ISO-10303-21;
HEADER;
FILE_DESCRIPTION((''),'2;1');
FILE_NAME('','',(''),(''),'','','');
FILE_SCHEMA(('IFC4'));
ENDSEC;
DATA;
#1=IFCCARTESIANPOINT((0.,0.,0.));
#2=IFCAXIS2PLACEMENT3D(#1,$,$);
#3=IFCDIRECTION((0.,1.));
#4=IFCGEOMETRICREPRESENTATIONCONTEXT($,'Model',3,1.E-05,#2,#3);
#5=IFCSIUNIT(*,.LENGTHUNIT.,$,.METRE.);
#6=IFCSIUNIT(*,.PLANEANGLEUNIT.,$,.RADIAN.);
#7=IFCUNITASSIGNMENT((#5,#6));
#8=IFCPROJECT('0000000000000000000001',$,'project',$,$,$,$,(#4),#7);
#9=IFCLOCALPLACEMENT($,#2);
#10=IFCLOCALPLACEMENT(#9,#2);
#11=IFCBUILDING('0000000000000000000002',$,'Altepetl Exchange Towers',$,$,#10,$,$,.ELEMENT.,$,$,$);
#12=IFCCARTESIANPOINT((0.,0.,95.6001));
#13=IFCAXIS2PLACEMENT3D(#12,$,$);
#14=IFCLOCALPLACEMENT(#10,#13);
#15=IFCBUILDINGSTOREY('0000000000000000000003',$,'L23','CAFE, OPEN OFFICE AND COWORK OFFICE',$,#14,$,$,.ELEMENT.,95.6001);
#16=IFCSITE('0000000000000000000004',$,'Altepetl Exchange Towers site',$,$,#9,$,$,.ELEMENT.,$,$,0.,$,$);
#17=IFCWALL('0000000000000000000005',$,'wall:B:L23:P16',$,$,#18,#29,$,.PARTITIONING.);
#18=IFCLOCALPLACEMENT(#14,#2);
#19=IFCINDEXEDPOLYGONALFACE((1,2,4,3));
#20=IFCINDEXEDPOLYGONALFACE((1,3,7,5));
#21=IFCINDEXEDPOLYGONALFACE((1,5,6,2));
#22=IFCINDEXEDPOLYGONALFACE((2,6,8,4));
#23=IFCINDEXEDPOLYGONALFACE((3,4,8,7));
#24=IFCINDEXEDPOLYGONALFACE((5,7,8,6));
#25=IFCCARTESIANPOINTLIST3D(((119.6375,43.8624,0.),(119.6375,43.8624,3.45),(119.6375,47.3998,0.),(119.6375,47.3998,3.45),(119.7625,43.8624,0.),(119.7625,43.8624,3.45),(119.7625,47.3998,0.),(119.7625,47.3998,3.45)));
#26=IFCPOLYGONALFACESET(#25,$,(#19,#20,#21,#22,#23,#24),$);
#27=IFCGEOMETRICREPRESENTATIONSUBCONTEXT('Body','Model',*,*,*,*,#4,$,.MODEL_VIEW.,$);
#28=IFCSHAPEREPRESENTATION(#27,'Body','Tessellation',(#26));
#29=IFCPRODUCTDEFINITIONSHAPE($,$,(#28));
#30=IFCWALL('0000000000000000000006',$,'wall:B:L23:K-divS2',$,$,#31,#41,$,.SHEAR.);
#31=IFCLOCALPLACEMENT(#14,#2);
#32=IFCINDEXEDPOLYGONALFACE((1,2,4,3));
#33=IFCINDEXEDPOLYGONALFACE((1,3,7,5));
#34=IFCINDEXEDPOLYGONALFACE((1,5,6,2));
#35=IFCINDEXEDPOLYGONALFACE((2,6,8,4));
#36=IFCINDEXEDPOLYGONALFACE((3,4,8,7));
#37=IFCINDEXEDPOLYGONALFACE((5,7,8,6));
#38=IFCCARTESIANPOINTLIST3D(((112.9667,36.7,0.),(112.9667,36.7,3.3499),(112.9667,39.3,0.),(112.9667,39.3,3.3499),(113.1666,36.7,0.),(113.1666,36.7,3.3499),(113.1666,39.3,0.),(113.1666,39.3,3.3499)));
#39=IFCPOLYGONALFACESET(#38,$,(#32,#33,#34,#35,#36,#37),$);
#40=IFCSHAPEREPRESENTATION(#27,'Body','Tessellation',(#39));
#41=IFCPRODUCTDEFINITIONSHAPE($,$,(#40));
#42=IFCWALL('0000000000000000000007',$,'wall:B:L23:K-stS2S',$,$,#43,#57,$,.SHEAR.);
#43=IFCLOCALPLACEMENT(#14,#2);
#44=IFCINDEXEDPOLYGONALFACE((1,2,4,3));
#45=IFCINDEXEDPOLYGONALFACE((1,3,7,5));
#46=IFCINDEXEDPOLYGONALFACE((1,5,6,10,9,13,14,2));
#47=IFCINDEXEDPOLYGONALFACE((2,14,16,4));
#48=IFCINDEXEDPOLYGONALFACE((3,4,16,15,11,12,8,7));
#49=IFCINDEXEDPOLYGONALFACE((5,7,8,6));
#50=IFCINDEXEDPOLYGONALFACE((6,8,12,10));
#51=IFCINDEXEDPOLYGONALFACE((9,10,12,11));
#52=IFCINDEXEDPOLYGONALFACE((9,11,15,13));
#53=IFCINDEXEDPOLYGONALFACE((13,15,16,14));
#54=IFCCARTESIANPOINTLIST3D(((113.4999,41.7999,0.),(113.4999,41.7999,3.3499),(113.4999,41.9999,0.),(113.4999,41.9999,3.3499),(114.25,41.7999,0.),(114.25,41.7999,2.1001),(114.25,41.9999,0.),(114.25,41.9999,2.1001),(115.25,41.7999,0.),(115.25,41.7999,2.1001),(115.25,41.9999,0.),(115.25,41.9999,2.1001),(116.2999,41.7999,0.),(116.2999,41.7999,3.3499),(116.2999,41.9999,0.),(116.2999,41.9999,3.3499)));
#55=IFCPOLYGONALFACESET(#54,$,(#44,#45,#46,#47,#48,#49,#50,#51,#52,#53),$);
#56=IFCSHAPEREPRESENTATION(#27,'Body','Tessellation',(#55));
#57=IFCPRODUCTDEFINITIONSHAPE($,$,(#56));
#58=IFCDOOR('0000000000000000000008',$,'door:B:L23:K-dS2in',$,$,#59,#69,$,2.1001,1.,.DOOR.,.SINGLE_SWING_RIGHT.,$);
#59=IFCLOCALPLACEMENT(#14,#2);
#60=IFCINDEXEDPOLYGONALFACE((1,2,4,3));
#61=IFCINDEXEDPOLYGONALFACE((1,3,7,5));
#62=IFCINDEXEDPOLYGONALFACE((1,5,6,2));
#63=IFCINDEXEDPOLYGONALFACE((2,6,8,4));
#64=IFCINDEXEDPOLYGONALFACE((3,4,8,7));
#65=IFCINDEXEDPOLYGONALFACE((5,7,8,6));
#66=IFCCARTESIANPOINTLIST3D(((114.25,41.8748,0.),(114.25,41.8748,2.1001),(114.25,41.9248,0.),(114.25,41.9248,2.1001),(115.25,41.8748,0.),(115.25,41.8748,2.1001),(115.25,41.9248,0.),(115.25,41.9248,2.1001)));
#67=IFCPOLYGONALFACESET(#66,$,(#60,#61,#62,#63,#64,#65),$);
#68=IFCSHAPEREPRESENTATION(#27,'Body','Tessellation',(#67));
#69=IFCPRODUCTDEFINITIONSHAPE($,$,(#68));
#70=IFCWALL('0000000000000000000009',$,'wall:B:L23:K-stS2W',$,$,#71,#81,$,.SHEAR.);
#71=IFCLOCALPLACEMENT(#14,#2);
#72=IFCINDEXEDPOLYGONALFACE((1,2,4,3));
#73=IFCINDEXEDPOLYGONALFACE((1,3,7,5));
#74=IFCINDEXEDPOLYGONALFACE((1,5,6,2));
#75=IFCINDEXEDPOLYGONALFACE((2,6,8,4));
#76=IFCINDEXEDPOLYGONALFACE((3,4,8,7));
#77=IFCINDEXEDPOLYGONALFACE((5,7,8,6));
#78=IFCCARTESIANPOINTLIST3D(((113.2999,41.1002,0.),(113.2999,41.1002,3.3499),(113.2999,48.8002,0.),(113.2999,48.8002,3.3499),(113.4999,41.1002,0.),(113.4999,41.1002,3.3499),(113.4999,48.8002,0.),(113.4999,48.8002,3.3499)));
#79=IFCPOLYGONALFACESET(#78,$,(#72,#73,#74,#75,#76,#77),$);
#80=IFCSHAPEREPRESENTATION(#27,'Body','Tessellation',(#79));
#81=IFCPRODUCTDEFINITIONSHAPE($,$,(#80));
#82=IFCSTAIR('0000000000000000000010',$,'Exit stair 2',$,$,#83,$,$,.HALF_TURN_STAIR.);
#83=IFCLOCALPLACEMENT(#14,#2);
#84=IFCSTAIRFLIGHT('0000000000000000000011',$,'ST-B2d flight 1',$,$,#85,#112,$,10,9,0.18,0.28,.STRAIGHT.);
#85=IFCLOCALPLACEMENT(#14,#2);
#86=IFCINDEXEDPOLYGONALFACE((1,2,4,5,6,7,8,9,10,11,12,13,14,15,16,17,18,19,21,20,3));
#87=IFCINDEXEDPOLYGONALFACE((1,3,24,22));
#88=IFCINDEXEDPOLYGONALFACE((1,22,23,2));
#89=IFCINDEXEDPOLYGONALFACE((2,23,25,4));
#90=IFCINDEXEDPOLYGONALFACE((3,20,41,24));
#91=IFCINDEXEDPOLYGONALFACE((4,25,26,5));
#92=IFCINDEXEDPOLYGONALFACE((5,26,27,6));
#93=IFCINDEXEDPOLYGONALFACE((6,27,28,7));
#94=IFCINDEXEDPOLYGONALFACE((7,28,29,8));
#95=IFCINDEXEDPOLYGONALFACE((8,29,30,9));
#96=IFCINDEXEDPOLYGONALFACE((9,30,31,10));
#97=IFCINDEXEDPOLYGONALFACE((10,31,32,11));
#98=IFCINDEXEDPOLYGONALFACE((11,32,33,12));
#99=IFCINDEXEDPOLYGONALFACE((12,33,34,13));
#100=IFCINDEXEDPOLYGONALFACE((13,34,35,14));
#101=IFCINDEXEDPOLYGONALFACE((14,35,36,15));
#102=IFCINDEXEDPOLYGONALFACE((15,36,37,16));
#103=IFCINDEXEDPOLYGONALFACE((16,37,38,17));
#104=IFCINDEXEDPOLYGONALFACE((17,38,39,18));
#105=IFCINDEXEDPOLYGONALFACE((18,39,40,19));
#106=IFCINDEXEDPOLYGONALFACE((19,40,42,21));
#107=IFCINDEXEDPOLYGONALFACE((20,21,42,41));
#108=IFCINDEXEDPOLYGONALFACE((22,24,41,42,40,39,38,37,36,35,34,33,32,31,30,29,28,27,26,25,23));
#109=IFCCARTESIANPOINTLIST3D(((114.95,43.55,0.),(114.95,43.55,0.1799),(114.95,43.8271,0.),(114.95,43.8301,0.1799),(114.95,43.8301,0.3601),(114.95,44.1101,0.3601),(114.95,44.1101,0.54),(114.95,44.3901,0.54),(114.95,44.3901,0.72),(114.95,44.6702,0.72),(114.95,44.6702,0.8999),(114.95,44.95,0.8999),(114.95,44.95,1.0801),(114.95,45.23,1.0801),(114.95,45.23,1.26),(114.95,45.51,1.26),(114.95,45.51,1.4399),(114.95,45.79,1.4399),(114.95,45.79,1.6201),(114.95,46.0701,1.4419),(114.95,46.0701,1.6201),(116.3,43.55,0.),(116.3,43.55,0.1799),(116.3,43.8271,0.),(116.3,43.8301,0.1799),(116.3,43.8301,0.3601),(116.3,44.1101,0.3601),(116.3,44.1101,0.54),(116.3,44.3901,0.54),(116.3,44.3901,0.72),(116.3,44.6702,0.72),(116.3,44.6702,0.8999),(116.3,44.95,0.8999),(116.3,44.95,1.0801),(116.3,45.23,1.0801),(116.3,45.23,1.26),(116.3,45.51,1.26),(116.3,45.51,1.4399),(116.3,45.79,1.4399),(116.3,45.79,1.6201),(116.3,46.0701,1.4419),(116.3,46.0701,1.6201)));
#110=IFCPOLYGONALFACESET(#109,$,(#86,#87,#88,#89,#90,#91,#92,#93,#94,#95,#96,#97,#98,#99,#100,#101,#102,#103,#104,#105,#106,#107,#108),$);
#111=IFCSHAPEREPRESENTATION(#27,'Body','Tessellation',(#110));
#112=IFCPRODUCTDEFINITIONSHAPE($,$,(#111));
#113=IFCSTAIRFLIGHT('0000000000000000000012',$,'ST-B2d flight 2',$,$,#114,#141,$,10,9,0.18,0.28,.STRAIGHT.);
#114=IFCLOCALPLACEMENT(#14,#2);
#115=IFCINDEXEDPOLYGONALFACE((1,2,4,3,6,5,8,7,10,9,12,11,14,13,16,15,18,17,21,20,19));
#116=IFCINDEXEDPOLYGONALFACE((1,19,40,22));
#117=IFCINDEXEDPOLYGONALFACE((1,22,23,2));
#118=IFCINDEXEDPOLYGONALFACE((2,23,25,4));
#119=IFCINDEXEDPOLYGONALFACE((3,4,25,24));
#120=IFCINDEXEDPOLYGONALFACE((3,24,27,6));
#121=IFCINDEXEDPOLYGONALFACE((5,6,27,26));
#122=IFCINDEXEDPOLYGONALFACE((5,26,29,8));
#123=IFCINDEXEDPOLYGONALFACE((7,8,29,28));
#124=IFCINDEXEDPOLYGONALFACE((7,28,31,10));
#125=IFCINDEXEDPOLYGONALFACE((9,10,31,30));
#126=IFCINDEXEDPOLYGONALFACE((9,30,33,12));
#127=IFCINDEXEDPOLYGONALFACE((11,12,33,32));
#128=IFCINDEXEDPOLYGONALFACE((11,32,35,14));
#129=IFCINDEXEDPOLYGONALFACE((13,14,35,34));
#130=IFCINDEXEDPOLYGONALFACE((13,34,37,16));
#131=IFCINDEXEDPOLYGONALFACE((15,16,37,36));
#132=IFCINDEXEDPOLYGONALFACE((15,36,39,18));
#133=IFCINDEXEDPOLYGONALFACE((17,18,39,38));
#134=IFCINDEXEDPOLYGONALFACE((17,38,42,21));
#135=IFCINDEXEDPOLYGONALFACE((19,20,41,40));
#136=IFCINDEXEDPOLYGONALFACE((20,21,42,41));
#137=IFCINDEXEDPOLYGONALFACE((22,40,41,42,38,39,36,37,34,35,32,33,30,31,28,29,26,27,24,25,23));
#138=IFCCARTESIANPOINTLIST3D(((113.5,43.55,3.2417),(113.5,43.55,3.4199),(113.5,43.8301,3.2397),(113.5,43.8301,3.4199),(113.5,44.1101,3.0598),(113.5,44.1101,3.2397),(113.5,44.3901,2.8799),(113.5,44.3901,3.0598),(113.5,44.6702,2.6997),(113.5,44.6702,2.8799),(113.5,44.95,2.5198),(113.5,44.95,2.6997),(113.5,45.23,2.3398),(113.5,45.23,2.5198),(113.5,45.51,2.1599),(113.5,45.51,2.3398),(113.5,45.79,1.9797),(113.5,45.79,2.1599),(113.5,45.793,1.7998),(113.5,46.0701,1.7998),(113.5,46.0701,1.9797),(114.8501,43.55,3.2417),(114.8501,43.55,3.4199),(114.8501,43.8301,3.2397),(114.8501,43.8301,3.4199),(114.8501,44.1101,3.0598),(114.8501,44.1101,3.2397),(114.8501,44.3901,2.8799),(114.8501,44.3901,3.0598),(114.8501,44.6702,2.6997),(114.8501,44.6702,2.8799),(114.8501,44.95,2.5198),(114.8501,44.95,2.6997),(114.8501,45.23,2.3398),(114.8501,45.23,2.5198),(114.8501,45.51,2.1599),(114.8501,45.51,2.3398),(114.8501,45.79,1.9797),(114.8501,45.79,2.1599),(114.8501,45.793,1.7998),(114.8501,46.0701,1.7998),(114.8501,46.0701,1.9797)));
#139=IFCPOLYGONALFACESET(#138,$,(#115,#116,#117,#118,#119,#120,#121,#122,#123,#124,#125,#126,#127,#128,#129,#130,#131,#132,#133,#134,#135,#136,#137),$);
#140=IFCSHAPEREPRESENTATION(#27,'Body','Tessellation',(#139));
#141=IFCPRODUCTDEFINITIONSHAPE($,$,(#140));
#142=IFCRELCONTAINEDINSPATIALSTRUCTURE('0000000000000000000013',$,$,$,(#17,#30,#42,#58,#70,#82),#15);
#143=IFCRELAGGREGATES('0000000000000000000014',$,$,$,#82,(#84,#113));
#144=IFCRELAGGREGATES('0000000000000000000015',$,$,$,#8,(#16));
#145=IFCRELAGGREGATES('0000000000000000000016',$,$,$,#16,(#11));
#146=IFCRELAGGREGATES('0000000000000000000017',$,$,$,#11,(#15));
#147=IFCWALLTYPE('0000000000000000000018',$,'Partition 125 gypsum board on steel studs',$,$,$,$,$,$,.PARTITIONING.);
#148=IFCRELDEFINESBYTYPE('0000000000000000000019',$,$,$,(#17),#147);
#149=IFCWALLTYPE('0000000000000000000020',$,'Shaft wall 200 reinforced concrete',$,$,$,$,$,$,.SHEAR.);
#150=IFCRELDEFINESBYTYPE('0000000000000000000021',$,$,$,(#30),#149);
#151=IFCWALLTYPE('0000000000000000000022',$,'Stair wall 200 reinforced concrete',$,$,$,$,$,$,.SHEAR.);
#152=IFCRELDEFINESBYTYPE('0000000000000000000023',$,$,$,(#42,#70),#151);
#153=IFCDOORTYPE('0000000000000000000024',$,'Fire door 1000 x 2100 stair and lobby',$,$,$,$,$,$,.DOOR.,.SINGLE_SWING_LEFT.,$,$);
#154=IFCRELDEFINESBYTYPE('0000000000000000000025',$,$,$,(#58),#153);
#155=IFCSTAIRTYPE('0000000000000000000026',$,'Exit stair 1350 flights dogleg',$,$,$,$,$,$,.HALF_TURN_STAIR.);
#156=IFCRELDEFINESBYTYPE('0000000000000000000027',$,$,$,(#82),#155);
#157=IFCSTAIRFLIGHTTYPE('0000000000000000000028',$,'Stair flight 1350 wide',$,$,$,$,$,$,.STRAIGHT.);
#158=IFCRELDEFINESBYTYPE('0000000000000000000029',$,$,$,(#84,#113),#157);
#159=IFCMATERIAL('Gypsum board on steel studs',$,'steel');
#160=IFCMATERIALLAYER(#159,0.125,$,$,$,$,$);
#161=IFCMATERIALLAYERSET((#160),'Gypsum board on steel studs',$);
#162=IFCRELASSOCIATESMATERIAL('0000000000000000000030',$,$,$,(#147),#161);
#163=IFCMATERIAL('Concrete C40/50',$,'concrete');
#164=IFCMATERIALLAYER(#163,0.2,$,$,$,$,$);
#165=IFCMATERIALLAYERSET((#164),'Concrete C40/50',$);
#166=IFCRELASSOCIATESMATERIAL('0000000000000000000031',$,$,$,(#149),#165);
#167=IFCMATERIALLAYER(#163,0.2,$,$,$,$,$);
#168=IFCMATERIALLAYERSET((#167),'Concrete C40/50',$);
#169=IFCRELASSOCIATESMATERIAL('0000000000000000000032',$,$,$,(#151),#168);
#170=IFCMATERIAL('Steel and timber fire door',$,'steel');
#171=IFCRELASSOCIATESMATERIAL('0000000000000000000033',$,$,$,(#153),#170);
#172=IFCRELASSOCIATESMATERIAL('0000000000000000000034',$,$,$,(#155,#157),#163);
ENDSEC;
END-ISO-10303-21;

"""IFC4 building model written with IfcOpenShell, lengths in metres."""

from ifc_helpers import new_model, si_unit, direction, frame, frame_2d, origin, place, context, subcontext, project, spatial, polyline, rectangle, outline, extrude, material, layer, layer_set, type_object, element, fill, aggregate, save


model = new_model("IFC4")

# Units and contexts
model_context = context("Model", 3, precision=1e-05, world=origin(), true_north=direction((0.0, 1.0)))
body_context = subcontext(model_context, "Body", "Model", "MODEL_VIEW")
ifc_project = project(units=[si_unit("LENGTHUNIT", "METRE"), si_unit("PLANEANGLEUNIT", "RADIAN")], contexts=[model_context])

# Site, building, storey
site_placement = place(None, origin())
site = spatial("IfcSite", under=ifc_project, at=site_placement, Name="Altepetl Exchange Towers site", CompositionType="ELEMENT", RefElevation=0.0)
building_placement = place(site_placement, origin())
building = spatial("IfcBuilding", under=site, at=building_placement, Name="Altepetl Exchange Towers", CompositionType="ELEMENT")
storey_placement = place(building_placement, frame((0.0, 0.0, 95.6001)))
storey = spatial("IfcBuildingStorey", under=building, at=storey_placement, Name="L23", Description="CAFE, OPEN OFFICE AND COWORK OFFICE", CompositionType="ELEMENT", Elevation=95.6001)

# Shared definitions
ifc_material_1 = material(Name="Gypsum board on steel studs", Category="steel")
ifc_layer_1 = layer(ifc_material_1, 0.125)
ifc_layer_set_1 = layer_set([ifc_layer_1], Name="Gypsum board on steel studs")
wall_type_1 = type_object("IfcWallType", Name="Partition 125 gypsum board on steel studs", PredefinedType="PARTITIONING", material=ifc_layer_set_1)

# Shared definitions
ifc_material_2 = material(Name="Steel and timber fire door", Category="steel")

# Walls
wall_1_placement = place(storey_placement, frame((119.7, 43.8625, 0.0), z_axis=(0.0, 0.0, 1.0), x_axis=(0.0, 1.0, 0.0)))
element("IfcWall", 1, at=wall_1_placement, inside=storey, type_object=wall_type_1, Name="wall:B:L23:P16", PredefinedType="PARTITIONING", context=body_context, shape_type="SweptSolid", body=[
    extrude(rectangle(XDim=3.5374, YDim=0.125, at=frame_2d((1.7686, 0.0))), origin(), (0.0, 0.0, 1.0), 3.45),
])
ifc_material_3 = material(Name="Concrete C40/50", Category="concrete")
ifc_layer_2 = layer(ifc_material_3, 0.2)
ifc_layer_set_2 = layer_set([ifc_layer_2], Name="Concrete C40/50")
wall_type_2 = type_object("IfcWallType", Name="Shaft wall 200 reinforced concrete", PredefinedType="SHEAR", material=ifc_layer_set_2)
wall_2_placement = place(storey_placement, frame((113.0667, 36.7, 0.0), z_axis=(0.0, 0.0, 1.0), x_axis=(0.0, 1.0, 0.0)))
element("IfcWall", 2, at=wall_2_placement, inside=storey, type_object=wall_type_2, Name="wall:B:L23:K-divS2", PredefinedType="SHEAR", context=body_context, shape_type="SweptSolid", body=[
    extrude(rectangle(XDim=2.6001, YDim=0.2, at=frame_2d((1.3, 0.0))), origin(), (0.0, 0.0, 1.0), 3.3499),
])

# Wall, opening, door
ifc_layer_3 = layer(ifc_material_3, 0.2)
ifc_layer_set_3 = layer_set([ifc_layer_3], Name="Concrete C40/50")
wall_type_3 = type_object("IfcWallType", Name="Stair wall 200 reinforced concrete", PredefinedType="SHEAR", material=ifc_layer_set_3)
wall_3_placement = place(storey_placement, frame((113.5, 41.8999, 0.0)))
wall_3 = element("IfcWall", 3, at=wall_3_placement, inside=storey, type_object=wall_type_3, Name="wall:B:L23:K-stS2S", PredefinedType="SHEAR", context=body_context, shape_type="SweptSolid", body=[
    extrude(rectangle(XDim=2.8, YDim=0.2, at=frame_2d((1.3999, 0.0))), origin(), (0.0, 0.0, 1.0), 3.3499),
])
opening_1_placement = place(wall_3_placement, frame((0.75, 0.0, 0.0)))
opening_1 = element("IfcOpeningElement", 4, at=opening_1_placement, cuts=wall_3, PredefinedType="OPENING", context=body_context, shape_type="SweptSolid", body=[
    extrude(rectangle(XDim=1.0, YDim=2.1001, at=frame_2d((0.5, 1.05))), frame((0.0, 0.1099, 0.0), z_axis=(0.0, -1.0, 0.0), x_axis=(1.0, 0.0, 0.0)), (0.0, 0.0, 1.0), 0.22),
])
door_type_1 = type_object("IfcDoorType", Name="Fire door 1000 x 2100 stair and lobby", OperationType="SINGLE_SWING_LEFT", PredefinedType="DOOR", material=ifc_material_2)
door_1_placement = place(opening_1_placement, origin())
door_1 = element("IfcDoor", 5, at=door_1_placement, inside=storey, type_object=door_type_1, Name="door:B:L23:K-dS2in", OperationType="SINGLE_SWING_RIGHT", OverallHeight=2.1001, OverallWidth=1.0, PredefinedType="DOOR", context=body_context, shape_type="SweptSolid", body=[
    extrude(rectangle(XDim=1.0, YDim=2.1001, at=frame_2d((0.5, 1.05))), frame((0.0, 0.0249, 0.0), z_axis=(0.0, -1.0, 0.0), x_axis=(1.0, 0.0, 0.0)), (0.0, 0.0, 1.0), 0.05),
])
fill(opening_1, door_1)

# Wall
wall_4_placement = place(storey_placement, frame((113.3999, 41.1001, 0.0), z_axis=(0.0, 0.0, 1.0), x_axis=(0.0, 1.0, 0.0)))
element("IfcWall", 6, at=wall_4_placement, inside=storey, type_object=wall_type_3, Name="wall:B:L23:K-stS2W", PredefinedType="SHEAR", context=body_context, shape_type="SweptSolid", body=[
    extrude(rectangle(XDim=7.7, YDim=0.2, at=frame_2d((3.8501, 0.0))), origin(), (0.0, 0.0, 1.0), 3.3499),
])

# Stair, stair flights
stair_type = type_object("IfcStairType", Name="Exit stair 1350 flights dogleg", PredefinedType="HALF_TURN_STAIR", material=ifc_material_3)
stair_placement = place(storey_placement, origin())
stair = element("IfcStair", 7, at=stair_placement, inside=storey, type_object=stair_type, Name="Exit stair 2", PredefinedType="HALF_TURN_STAIR")
stair_flight_type = type_object("IfcStairFlightType", Name="Stair flight 1350 wide", PredefinedType="STRAIGHT", material=ifc_material_3)
stair_flight_1_placement = place(storey_placement, frame((115.625, 43.55, 0.0), z_axis=(0.0, 0.0, 1.0), x_axis=(0.0, 1.0, 0.0)))
stair_flight_1 = element("IfcStairFlight", 8, at=stair_flight_1_placement, type_object=stair_flight_type, Name="ST-B2d flight 1", NumberOfRisers=10, NumberOfTreads=9, PredefinedType="STRAIGHT", RiserHeight=0.18, TreadLength=0.28, context=body_context, shape_type="SweptSolid", body=[
    extrude(outline(polyline([(0.0, 0.0), (0.0, 0.1799), (0.28, 0.1799), (0.28, 0.3601), (0.5601, 0.3601), (0.5601, 0.54), (0.8401, 0.54), (0.8401, 0.72), (1.1201, 0.72), (1.1201, 0.8999), (1.3999, 0.8999), (1.3999, 1.0801), (1.6799, 1.0801), (1.6799, 1.26), (1.96, 1.26), (1.96, 1.4399), (2.24, 1.4399), (2.24, 1.6201), (2.52, 1.6201), (2.52, 1.8), (2.52, 1.4419), (0.2771, 0.0), (0.0, 0.0)])), frame((0.0, 0.675, 0.0), z_axis=(0.0, -1.0, 0.0), x_axis=(1.0, 0.0, 0.0)), (0.0, 0.0, 1.0), 1.3501),
])
stair_flight_2_placement = place(storey_placement, frame((114.175, 46.0701, 1.7998), z_axis=(0.0, 0.0, 1.0), x_axis=(0.0, -1.0, 0.0)))
stair_flight_2 = element("IfcStairFlight", 9, at=stair_flight_2_placement, type_object=stair_flight_type, Name="ST-B2d flight 2", NumberOfRisers=10, NumberOfTreads=9, PredefinedType="STRAIGHT", RiserHeight=0.18, TreadLength=0.28, context=body_context, shape_type="SweptSolid", body=[
    extrude(outline(polyline([(0.0, 0.0), (0.0, 0.1799), (0.28, 0.1799), (0.28, 0.3601), (0.5601, 0.3601), (0.5601, 0.54), (0.8401, 0.54), (0.8401, 0.72), (1.1201, 0.72), (1.1201, 0.8999), (1.3999, 0.8999), (1.3999, 1.0801), (1.6799, 1.0801), (1.6799, 1.26), (1.96, 1.26), (1.96, 1.4399), (2.24, 1.4399), (2.24, 1.6201), (2.52, 1.6201), (2.52, 1.8), (2.52, 1.4419), (0.2771, 0.0), (0.0, 0.0)])), frame((0.0, 0.675, 0.0), z_axis=(0.0, -1.0, 0.0), x_axis=(1.0, 0.0, 0.0)), (0.0, 0.0, 1.0), 1.3501),
])
aggregate(stair, [stair_flight_1, stair_flight_2])

save(model, "model.ifc")
